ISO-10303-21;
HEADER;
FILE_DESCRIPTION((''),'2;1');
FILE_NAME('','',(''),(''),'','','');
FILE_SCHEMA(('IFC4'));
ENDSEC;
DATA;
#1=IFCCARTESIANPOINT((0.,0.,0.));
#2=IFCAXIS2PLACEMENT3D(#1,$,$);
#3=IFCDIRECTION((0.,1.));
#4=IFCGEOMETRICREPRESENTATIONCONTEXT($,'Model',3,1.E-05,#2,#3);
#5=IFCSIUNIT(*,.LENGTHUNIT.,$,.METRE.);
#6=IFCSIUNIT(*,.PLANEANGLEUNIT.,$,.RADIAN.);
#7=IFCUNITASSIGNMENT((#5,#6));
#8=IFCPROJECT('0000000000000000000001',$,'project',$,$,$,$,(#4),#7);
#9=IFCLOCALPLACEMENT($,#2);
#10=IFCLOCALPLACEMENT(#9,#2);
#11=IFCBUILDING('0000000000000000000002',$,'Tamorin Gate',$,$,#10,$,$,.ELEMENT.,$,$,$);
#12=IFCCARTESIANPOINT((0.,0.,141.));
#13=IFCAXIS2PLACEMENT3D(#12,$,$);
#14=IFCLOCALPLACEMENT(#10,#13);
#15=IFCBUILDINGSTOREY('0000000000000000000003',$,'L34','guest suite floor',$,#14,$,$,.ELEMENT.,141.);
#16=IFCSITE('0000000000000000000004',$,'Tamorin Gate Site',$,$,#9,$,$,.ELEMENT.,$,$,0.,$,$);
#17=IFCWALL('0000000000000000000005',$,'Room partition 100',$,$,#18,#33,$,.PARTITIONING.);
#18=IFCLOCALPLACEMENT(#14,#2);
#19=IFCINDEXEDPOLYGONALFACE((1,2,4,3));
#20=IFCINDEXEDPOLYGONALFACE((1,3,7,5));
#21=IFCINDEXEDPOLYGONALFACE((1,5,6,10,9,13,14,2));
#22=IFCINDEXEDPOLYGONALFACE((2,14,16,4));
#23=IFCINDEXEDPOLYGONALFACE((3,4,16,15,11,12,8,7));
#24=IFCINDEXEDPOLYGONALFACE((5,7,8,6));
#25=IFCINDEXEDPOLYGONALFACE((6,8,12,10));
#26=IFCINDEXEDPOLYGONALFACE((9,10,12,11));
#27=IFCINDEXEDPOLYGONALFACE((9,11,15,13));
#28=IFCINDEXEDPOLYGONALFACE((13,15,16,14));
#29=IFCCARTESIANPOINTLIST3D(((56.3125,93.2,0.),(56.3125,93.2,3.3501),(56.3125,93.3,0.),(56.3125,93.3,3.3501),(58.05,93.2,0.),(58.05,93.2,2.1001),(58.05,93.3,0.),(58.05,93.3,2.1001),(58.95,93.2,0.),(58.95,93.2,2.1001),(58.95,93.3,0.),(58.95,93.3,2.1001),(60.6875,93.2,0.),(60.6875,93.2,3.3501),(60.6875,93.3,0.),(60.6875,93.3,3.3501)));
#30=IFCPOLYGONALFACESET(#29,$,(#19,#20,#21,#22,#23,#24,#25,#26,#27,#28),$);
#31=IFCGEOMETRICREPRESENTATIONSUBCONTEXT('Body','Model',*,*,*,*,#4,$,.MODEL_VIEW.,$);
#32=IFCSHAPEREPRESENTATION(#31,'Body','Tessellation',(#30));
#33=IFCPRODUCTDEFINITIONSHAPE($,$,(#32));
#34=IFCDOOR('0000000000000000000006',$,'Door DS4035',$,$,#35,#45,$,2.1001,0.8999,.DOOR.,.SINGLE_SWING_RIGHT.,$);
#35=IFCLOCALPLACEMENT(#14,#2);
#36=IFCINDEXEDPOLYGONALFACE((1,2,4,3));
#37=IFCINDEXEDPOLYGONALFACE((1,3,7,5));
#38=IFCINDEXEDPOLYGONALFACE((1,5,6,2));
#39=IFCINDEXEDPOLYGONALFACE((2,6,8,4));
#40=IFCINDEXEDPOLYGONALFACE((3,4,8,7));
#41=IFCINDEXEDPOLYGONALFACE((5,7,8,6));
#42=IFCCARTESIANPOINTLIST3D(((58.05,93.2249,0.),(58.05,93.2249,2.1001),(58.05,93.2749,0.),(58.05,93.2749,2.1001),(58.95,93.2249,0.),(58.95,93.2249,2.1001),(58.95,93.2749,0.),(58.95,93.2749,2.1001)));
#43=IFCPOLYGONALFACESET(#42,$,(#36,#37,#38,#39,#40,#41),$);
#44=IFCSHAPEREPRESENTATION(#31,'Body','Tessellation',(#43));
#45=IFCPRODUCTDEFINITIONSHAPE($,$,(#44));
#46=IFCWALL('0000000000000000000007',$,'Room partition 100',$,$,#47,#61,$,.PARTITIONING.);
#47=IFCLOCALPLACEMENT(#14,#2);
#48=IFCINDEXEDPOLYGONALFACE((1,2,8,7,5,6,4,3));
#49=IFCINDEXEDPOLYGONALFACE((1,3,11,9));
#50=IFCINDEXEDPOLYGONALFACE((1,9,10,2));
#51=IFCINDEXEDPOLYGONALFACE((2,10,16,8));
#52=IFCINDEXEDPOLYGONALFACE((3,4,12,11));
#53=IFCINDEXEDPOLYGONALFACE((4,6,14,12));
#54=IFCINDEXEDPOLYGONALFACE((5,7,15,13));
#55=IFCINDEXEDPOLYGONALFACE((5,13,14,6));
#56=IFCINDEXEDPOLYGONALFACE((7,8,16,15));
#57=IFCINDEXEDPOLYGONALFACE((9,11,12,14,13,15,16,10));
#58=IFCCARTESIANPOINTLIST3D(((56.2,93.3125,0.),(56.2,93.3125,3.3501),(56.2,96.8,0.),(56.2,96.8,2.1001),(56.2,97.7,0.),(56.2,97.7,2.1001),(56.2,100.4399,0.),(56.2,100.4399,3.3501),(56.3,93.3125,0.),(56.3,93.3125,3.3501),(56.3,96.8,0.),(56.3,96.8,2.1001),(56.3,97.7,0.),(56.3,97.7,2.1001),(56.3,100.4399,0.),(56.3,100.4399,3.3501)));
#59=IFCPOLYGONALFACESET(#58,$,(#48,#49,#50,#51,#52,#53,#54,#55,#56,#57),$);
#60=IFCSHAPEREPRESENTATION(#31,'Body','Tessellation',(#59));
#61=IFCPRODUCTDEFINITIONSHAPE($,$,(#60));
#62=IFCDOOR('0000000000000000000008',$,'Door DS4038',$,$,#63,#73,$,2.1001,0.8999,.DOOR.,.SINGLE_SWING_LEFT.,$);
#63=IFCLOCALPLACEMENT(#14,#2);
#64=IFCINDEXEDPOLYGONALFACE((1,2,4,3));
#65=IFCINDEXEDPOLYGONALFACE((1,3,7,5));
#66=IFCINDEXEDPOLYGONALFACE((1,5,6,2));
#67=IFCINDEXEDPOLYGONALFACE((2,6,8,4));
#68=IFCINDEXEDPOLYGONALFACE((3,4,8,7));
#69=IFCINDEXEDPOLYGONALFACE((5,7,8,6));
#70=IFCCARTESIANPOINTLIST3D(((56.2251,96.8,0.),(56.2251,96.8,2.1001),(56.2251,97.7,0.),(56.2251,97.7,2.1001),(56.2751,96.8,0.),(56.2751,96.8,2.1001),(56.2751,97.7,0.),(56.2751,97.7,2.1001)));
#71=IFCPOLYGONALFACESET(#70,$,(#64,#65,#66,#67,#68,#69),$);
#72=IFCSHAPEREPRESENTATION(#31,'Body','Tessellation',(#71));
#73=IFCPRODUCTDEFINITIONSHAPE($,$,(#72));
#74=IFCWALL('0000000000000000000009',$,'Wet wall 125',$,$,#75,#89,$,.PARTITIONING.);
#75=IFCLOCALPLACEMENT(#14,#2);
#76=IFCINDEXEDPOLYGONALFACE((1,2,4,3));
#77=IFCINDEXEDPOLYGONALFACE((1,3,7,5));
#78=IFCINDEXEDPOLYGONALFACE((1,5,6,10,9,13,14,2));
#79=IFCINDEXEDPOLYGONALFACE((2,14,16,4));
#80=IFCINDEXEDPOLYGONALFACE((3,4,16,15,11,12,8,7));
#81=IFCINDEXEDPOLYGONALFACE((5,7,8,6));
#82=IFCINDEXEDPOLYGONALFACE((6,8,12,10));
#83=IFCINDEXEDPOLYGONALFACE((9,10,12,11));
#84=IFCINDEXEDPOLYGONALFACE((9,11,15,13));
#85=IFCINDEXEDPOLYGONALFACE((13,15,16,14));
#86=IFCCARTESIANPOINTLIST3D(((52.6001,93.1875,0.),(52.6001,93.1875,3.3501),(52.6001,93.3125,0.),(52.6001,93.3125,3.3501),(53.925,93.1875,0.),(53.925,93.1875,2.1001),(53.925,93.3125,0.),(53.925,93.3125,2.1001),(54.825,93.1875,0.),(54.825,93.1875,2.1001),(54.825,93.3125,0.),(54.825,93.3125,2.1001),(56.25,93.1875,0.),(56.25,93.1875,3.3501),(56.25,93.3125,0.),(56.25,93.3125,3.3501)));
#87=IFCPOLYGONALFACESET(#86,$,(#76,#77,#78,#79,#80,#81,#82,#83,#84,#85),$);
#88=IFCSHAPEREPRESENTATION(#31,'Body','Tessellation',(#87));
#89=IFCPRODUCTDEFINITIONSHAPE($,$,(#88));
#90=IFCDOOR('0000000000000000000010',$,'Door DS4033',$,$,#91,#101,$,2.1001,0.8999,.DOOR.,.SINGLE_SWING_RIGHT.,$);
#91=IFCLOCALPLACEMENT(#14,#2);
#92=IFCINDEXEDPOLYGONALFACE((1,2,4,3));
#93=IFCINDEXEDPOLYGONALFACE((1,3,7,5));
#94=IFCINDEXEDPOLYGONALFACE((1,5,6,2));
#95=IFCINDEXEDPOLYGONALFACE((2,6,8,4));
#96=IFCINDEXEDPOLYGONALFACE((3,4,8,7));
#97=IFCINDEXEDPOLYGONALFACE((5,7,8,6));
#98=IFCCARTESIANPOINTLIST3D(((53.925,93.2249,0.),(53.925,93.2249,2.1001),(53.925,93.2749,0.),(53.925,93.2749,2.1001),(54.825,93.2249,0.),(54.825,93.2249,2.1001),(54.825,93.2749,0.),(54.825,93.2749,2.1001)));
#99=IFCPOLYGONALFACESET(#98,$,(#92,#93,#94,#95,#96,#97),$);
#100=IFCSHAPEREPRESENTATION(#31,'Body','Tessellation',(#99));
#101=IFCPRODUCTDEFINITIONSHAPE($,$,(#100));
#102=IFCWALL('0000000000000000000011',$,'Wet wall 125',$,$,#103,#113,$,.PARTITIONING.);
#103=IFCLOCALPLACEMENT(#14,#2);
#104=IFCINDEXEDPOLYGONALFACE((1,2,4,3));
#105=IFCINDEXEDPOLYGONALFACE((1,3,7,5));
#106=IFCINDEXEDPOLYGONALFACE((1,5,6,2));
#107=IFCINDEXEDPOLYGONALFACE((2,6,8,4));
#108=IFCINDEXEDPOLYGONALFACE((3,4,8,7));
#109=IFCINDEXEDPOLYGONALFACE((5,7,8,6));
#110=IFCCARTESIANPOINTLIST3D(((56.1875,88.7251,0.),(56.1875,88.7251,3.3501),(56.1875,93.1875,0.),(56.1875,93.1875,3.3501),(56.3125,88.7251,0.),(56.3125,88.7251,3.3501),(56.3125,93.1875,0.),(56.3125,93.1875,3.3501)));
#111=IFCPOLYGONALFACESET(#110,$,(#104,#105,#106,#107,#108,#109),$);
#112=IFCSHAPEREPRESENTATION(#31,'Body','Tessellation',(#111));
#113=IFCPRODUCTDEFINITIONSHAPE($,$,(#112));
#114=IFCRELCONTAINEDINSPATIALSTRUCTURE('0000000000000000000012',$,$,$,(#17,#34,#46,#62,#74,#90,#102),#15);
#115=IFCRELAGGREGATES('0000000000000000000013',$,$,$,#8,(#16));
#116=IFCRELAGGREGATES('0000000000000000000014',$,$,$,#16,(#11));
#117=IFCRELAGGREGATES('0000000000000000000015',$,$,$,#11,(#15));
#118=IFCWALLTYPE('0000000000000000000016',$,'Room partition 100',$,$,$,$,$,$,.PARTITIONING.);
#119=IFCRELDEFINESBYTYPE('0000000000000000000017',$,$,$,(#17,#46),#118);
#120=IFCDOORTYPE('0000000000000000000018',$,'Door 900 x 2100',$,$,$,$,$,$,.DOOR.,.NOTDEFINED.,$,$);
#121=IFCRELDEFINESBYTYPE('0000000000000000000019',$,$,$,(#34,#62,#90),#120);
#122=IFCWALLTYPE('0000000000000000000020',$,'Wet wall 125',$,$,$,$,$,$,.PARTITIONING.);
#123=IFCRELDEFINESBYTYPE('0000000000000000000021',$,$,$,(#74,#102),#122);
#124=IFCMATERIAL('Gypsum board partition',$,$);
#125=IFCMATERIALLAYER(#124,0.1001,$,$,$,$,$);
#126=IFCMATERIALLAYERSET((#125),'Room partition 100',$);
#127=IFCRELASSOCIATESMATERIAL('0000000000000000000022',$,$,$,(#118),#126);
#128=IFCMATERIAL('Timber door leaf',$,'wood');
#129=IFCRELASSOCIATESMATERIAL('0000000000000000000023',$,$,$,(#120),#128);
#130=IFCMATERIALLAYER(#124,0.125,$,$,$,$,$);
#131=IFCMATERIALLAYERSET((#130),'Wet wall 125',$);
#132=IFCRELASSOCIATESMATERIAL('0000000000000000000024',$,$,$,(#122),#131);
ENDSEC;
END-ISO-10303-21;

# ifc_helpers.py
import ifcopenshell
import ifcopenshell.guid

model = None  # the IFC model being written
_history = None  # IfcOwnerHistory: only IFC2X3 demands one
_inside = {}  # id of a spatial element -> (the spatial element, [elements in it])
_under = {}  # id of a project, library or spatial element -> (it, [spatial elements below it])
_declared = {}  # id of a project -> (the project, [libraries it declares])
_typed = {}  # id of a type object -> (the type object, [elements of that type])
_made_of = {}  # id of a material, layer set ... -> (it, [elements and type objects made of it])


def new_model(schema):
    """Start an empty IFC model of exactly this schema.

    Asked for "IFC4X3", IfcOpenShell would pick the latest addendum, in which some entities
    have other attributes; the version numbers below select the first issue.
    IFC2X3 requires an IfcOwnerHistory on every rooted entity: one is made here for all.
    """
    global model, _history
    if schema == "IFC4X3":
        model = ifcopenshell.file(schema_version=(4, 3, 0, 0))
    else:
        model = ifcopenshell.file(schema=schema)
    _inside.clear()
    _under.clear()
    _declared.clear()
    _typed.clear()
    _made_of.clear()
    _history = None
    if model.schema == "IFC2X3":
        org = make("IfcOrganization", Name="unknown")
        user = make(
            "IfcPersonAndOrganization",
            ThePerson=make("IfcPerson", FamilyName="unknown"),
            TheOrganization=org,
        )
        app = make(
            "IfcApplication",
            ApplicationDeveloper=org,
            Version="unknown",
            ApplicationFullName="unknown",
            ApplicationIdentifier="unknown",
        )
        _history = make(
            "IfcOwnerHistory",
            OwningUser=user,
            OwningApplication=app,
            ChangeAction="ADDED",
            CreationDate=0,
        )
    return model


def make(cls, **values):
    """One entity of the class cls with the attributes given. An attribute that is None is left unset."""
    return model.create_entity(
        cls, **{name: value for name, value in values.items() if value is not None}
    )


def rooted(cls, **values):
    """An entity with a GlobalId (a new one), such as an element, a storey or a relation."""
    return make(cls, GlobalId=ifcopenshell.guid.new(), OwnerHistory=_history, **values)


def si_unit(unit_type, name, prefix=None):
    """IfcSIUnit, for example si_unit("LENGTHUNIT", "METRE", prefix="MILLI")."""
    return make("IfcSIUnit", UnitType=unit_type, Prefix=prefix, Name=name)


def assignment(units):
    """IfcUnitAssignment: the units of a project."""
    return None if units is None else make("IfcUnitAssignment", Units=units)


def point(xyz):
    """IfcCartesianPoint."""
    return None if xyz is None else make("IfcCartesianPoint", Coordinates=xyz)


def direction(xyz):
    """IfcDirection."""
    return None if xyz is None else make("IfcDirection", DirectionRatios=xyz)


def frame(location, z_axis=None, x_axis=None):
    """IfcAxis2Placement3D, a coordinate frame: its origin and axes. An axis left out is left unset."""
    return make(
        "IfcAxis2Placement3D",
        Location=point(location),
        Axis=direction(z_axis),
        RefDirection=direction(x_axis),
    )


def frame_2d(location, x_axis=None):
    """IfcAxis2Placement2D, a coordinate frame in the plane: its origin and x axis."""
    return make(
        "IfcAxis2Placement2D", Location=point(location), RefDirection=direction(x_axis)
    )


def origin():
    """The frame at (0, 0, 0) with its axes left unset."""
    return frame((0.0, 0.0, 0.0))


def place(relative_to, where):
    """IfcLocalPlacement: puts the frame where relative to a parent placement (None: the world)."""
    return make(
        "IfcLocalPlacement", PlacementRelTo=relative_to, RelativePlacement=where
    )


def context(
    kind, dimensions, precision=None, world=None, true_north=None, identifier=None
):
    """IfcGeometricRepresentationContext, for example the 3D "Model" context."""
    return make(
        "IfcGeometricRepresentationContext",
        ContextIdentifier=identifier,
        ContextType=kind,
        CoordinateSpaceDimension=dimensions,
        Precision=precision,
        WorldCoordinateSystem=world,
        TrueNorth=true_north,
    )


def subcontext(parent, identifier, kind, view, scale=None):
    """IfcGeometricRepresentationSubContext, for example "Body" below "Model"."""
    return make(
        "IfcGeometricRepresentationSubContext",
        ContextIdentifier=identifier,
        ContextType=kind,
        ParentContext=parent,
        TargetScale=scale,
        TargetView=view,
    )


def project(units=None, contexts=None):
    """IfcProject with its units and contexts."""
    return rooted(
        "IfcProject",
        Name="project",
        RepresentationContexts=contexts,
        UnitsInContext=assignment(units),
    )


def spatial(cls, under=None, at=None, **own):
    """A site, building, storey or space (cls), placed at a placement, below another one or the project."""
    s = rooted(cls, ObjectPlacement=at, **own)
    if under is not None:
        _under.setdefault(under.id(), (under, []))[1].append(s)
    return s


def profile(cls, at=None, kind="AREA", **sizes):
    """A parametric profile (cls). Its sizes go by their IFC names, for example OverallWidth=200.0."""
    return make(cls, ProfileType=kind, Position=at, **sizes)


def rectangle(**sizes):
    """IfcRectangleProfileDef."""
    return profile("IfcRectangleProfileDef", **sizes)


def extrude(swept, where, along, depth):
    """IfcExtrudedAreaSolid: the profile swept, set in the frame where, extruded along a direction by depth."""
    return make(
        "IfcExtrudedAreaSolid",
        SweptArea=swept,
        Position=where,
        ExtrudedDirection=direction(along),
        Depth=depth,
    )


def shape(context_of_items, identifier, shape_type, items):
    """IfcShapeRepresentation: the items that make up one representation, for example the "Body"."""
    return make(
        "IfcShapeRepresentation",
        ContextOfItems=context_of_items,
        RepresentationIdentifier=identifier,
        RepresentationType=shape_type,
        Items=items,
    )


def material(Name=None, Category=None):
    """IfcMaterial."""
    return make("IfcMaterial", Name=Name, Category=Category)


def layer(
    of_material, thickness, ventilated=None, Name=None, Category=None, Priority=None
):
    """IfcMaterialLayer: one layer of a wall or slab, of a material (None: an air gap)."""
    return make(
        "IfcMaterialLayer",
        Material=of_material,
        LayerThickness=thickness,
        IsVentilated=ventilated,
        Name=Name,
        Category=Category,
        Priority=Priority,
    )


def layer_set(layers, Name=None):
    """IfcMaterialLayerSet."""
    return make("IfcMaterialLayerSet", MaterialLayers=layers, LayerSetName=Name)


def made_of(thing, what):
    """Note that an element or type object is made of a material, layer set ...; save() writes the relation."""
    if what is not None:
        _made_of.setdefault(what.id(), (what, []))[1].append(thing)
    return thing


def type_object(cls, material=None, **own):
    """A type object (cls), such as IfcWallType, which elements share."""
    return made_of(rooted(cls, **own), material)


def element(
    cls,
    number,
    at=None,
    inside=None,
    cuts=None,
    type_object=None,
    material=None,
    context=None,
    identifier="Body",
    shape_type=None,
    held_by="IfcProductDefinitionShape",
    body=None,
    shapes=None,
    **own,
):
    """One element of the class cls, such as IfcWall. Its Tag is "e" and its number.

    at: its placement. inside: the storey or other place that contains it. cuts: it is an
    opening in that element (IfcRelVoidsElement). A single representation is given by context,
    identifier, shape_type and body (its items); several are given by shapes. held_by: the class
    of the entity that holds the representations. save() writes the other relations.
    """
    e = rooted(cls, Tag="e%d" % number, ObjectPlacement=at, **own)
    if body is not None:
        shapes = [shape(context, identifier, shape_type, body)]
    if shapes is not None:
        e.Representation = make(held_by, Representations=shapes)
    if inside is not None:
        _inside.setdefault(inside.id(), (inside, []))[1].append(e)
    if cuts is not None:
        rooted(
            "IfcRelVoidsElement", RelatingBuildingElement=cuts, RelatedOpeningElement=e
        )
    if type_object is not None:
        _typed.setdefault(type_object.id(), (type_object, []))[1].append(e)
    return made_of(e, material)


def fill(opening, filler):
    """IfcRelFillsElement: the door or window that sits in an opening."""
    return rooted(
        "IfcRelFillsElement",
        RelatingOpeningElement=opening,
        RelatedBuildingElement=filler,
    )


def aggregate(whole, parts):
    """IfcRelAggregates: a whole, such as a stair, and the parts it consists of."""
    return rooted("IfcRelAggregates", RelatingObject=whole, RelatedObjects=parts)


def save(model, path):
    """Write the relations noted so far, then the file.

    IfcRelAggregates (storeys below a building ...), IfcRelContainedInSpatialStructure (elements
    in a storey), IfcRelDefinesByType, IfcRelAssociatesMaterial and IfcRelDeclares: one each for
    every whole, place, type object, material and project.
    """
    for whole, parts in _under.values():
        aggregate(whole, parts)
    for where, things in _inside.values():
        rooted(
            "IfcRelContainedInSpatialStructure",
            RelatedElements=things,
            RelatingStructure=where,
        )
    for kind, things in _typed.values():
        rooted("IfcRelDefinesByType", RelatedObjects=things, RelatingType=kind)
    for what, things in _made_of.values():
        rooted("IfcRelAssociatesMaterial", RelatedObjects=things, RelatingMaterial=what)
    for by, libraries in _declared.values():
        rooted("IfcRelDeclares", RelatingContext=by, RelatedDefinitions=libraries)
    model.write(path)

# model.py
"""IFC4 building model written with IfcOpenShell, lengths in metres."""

from ifc_helpers import new_model, si_unit, direction, frame, frame_2d, origin, place, context, subcontext, project, spatial, rectangle, extrude, material, layer, layer_set, type_object, element, fill, save


model = new_model("IFC4")

# Units and contexts
model_context = context("Model", 3, precision=1e-05, world=origin(), true_north=direction((0.0, 1.0)))
body_context = subcontext(model_context, "Body", "Model", "MODEL_VIEW")
ifc_project = project(units=[si_unit("LENGTHUNIT", "METRE"), si_unit("PLANEANGLEUNIT", "RADIAN")], contexts=[model_context])

# Site, building, storey
site_placement = place(None, origin())
site = spatial("IfcSite", under=ifc_project, at=site_placement, Name="Tamorin Gate Site", CompositionType="ELEMENT", RefElevation=0.0)
building_placement = place(site_placement, origin())
building = spatial("IfcBuilding", under=site, at=building_placement, Name="Tamorin Gate", CompositionType="ELEMENT")
storey_placement = place(building_placement, frame((0.0, 0.0, 141.0)))
storey = spatial("IfcBuildingStorey", under=building, at=storey_placement, Name="L34", Description="guest suite floor", CompositionType="ELEMENT", Elevation=141.0)

# Shared definitions
ifc_material_1 = material(Name="Gypsum board partition")

# Walls, openings, doors
ifc_layer_1 = layer(ifc_material_1, 0.1001)
ifc_layer_set_1 = layer_set([ifc_layer_1], Name="Room partition 100")
wall_type_1 = type_object("IfcWallType", Name="Room partition 100", PredefinedType="PARTITIONING", material=ifc_layer_set_1)
ifc_material_2 = material(Name="Timber door leaf", Category="wood")
wall_1_placement = place(storey_placement, frame((56.3125, 93.25, 0.0), z_axis=(0.0, 0.0, 1.0), x_axis=(1.0, 0.0, 0.0)))
wall_1 = element("IfcWall", 1, at=wall_1_placement, inside=storey, type_object=wall_type_1, Name="Room partition 100", PredefinedType="PARTITIONING", context=body_context, shape_type="SweptSolid", body=[
    extrude(rectangle(XDim=4.375, YDim=0.1001, at=frame_2d((2.1875, 0.0))), origin(), (0.0, 0.0, 1.0), 3.3501),
])
opening_1_placement = place(wall_1_placement, frame((1.7375, 0.0, 0.0)))
opening_1 = element("IfcOpeningElement", 2, at=opening_1_placement, cuts=wall_1, PredefinedType="OPENING", context=body_context, shape_type="SweptSolid", body=[
    extrude(rectangle(XDim=0.8999, YDim=2.1001, at=frame_2d((0.45, 1.05))), frame((0.0, 0.0601, 0.0), z_axis=(0.0, -1.0, 0.0), x_axis=(1.0, 0.0, 0.0)), (0.0, 0.0, 1.0), 0.1201),
])
door_type_1 = type_object("IfcDoorType", Name="Door 900 x 2100", OperationType="NOTDEFINED", PredefinedType="DOOR", material=ifc_material_2)
door_1_placement = place(opening_1_placement, origin())
door_1 = element("IfcDoor", 3, at=door_1_placement, inside=storey, type_object=door_type_1, Name="Door DS4035", OperationType="SINGLE_SWING_RIGHT", OverallHeight=2.1001, OverallWidth=0.8999, PredefinedType="DOOR", context=body_context, shape_type="SweptSolid", body=[
    extrude(rectangle(XDim=0.8999, YDim=2.1001, at=frame_2d((0.45, 1.05))), frame((0.0, 0.0249, 0.0), z_axis=(0.0, -1.0, 0.0), x_axis=(1.0, 0.0, 0.0)), (0.0, 0.0, 1.0), 0.05),
])
fill(opening_1, door_1)
wall_2_placement = place(storey_placement, frame((56.25, 93.3125, 0.0), z_axis=(0.0, 0.0, 1.0), x_axis=(0.0, 1.0, 0.0)))
wall_2 = element("IfcWall", 4, at=wall_2_placement, inside=storey, type_object=wall_type_1, Name="Room partition 100", PredefinedType="PARTITIONING", context=body_context, shape_type="SweptSolid", body=[
    extrude(rectangle(XDim=7.1274, YDim=0.1001, at=frame_2d((3.5637, 0.0))), origin(), (0.0, 0.0, 1.0), 3.3501),
])
opening_2_placement = place(wall_2_placement, frame((3.4875, 0.0, 0.0)))
opening_2 = element("IfcOpeningElement", 5, at=opening_2_placement, cuts=wall_2, PredefinedType="OPENING", context=body_context, shape_type="SweptSolid", body=[
    extrude(rectangle(XDim=0.8999, YDim=2.1001, at=frame_2d((0.45, 1.05))), frame((0.0, 0.0601, 0.0), z_axis=(0.0, -1.0, 0.0), x_axis=(1.0, 0.0, 0.0)), (0.0, 0.0, 1.0), 0.1201),
])
door_2_placement = place(opening_2_placement, origin())
door_2 = element("IfcDoor", 6, at=door_2_placement, inside=storey, type_object=door_type_1, Name="Door DS4038", OperationType="SINGLE_SWING_LEFT", OverallHeight=2.1001, OverallWidth=0.8999, PredefinedType="DOOR", context=body_context, shape_type="SweptSolid", body=[
    extrude(rectangle(XDim=0.8999, YDim=2.1001, at=frame_2d((0.45, 1.05))), frame((0.0, 0.0249, 0.0), z_axis=(0.0, -1.0, 0.0), x_axis=(1.0, 0.0, 0.0)), (0.0, 0.0, 1.0), 0.05),
])
fill(opening_2, door_2)
ifc_layer_2 = layer(ifc_material_1, 0.125)
ifc_layer_set_2 = layer_set([ifc_layer_2], Name="Wet wall 125")
wall_type_2 = type_object("IfcWallType", Name="Wet wall 125", PredefinedType="PARTITIONING", material=ifc_layer_set_2)
wall_3_placement = place(storey_placement, frame((52.6001, 93.25, 0.0), z_axis=(0.0, 0.0, 1.0), x_axis=(1.0, 0.0, 0.0)))
wall_3 = element("IfcWall", 7, at=wall_3_placement, inside=storey, type_object=wall_type_2, Name="Wet wall 125", PredefinedType="PARTITIONING", context=body_context, shape_type="SweptSolid", body=[
    extrude(rectangle(XDim=3.6499, YDim=0.125, at=frame_2d((1.825, 0.0))), origin(), (0.0, 0.0, 1.0), 3.3501),
])
opening_3_placement = place(wall_3_placement, frame((1.325, 0.0, 0.0)))
opening_3 = element("IfcOpeningElement", 8, at=opening_3_placement, cuts=wall_3, PredefinedType="OPENING", context=body_context, shape_type="SweptSolid", body=[
    extrude(rectangle(XDim=0.8999, YDim=2.1001, at=frame_2d((0.45, 1.05))), frame((0.0, 0.0725, 0.0), z_axis=(0.0, -1.0, 0.0), x_axis=(1.0, 0.0, 0.0)), (0.0, 0.0, 1.0), 0.145),
])
door_3_placement = place(opening_3_placement, origin())
door_3 = element("IfcDoor", 9, at=door_3_placement, inside=storey, type_object=door_type_1, Name="Door DS4033", OperationType="SINGLE_SWING_RIGHT", OverallHeight=2.1001, OverallWidth=0.8999, PredefinedType="DOOR", context=body_context, shape_type="SweptSolid", body=[
    extrude(rectangle(XDim=0.8999, YDim=2.1001, at=frame_2d((0.45, 1.05))), frame((0.0, 0.0249, 0.0), z_axis=(0.0, -1.0, 0.0), x_axis=(1.0, 0.0, 0.0)), (0.0, 0.0, 1.0), 0.05),
])
fill(opening_3, door_3)

# Wall
wall_4_placement = place(storey_placement, frame((56.25, 88.7251, 0.0), z_axis=(0.0, 0.0, 1.0), x_axis=(0.0, 1.0, 0.0)))
element("IfcWall", 10, at=wall_4_placement, inside=storey, type_object=wall_type_2, Name="Wet wall 125", PredefinedType="PARTITIONING", context=body_context, shape_type="SweptSolid", body=[
    extrude(rectangle(XDim=4.4624, YDim=0.125, at=frame_2d((2.2312, 0.0))), origin(), (0.0, 0.0, 1.0), 3.3501),
])

save(model, "model.ifc")
